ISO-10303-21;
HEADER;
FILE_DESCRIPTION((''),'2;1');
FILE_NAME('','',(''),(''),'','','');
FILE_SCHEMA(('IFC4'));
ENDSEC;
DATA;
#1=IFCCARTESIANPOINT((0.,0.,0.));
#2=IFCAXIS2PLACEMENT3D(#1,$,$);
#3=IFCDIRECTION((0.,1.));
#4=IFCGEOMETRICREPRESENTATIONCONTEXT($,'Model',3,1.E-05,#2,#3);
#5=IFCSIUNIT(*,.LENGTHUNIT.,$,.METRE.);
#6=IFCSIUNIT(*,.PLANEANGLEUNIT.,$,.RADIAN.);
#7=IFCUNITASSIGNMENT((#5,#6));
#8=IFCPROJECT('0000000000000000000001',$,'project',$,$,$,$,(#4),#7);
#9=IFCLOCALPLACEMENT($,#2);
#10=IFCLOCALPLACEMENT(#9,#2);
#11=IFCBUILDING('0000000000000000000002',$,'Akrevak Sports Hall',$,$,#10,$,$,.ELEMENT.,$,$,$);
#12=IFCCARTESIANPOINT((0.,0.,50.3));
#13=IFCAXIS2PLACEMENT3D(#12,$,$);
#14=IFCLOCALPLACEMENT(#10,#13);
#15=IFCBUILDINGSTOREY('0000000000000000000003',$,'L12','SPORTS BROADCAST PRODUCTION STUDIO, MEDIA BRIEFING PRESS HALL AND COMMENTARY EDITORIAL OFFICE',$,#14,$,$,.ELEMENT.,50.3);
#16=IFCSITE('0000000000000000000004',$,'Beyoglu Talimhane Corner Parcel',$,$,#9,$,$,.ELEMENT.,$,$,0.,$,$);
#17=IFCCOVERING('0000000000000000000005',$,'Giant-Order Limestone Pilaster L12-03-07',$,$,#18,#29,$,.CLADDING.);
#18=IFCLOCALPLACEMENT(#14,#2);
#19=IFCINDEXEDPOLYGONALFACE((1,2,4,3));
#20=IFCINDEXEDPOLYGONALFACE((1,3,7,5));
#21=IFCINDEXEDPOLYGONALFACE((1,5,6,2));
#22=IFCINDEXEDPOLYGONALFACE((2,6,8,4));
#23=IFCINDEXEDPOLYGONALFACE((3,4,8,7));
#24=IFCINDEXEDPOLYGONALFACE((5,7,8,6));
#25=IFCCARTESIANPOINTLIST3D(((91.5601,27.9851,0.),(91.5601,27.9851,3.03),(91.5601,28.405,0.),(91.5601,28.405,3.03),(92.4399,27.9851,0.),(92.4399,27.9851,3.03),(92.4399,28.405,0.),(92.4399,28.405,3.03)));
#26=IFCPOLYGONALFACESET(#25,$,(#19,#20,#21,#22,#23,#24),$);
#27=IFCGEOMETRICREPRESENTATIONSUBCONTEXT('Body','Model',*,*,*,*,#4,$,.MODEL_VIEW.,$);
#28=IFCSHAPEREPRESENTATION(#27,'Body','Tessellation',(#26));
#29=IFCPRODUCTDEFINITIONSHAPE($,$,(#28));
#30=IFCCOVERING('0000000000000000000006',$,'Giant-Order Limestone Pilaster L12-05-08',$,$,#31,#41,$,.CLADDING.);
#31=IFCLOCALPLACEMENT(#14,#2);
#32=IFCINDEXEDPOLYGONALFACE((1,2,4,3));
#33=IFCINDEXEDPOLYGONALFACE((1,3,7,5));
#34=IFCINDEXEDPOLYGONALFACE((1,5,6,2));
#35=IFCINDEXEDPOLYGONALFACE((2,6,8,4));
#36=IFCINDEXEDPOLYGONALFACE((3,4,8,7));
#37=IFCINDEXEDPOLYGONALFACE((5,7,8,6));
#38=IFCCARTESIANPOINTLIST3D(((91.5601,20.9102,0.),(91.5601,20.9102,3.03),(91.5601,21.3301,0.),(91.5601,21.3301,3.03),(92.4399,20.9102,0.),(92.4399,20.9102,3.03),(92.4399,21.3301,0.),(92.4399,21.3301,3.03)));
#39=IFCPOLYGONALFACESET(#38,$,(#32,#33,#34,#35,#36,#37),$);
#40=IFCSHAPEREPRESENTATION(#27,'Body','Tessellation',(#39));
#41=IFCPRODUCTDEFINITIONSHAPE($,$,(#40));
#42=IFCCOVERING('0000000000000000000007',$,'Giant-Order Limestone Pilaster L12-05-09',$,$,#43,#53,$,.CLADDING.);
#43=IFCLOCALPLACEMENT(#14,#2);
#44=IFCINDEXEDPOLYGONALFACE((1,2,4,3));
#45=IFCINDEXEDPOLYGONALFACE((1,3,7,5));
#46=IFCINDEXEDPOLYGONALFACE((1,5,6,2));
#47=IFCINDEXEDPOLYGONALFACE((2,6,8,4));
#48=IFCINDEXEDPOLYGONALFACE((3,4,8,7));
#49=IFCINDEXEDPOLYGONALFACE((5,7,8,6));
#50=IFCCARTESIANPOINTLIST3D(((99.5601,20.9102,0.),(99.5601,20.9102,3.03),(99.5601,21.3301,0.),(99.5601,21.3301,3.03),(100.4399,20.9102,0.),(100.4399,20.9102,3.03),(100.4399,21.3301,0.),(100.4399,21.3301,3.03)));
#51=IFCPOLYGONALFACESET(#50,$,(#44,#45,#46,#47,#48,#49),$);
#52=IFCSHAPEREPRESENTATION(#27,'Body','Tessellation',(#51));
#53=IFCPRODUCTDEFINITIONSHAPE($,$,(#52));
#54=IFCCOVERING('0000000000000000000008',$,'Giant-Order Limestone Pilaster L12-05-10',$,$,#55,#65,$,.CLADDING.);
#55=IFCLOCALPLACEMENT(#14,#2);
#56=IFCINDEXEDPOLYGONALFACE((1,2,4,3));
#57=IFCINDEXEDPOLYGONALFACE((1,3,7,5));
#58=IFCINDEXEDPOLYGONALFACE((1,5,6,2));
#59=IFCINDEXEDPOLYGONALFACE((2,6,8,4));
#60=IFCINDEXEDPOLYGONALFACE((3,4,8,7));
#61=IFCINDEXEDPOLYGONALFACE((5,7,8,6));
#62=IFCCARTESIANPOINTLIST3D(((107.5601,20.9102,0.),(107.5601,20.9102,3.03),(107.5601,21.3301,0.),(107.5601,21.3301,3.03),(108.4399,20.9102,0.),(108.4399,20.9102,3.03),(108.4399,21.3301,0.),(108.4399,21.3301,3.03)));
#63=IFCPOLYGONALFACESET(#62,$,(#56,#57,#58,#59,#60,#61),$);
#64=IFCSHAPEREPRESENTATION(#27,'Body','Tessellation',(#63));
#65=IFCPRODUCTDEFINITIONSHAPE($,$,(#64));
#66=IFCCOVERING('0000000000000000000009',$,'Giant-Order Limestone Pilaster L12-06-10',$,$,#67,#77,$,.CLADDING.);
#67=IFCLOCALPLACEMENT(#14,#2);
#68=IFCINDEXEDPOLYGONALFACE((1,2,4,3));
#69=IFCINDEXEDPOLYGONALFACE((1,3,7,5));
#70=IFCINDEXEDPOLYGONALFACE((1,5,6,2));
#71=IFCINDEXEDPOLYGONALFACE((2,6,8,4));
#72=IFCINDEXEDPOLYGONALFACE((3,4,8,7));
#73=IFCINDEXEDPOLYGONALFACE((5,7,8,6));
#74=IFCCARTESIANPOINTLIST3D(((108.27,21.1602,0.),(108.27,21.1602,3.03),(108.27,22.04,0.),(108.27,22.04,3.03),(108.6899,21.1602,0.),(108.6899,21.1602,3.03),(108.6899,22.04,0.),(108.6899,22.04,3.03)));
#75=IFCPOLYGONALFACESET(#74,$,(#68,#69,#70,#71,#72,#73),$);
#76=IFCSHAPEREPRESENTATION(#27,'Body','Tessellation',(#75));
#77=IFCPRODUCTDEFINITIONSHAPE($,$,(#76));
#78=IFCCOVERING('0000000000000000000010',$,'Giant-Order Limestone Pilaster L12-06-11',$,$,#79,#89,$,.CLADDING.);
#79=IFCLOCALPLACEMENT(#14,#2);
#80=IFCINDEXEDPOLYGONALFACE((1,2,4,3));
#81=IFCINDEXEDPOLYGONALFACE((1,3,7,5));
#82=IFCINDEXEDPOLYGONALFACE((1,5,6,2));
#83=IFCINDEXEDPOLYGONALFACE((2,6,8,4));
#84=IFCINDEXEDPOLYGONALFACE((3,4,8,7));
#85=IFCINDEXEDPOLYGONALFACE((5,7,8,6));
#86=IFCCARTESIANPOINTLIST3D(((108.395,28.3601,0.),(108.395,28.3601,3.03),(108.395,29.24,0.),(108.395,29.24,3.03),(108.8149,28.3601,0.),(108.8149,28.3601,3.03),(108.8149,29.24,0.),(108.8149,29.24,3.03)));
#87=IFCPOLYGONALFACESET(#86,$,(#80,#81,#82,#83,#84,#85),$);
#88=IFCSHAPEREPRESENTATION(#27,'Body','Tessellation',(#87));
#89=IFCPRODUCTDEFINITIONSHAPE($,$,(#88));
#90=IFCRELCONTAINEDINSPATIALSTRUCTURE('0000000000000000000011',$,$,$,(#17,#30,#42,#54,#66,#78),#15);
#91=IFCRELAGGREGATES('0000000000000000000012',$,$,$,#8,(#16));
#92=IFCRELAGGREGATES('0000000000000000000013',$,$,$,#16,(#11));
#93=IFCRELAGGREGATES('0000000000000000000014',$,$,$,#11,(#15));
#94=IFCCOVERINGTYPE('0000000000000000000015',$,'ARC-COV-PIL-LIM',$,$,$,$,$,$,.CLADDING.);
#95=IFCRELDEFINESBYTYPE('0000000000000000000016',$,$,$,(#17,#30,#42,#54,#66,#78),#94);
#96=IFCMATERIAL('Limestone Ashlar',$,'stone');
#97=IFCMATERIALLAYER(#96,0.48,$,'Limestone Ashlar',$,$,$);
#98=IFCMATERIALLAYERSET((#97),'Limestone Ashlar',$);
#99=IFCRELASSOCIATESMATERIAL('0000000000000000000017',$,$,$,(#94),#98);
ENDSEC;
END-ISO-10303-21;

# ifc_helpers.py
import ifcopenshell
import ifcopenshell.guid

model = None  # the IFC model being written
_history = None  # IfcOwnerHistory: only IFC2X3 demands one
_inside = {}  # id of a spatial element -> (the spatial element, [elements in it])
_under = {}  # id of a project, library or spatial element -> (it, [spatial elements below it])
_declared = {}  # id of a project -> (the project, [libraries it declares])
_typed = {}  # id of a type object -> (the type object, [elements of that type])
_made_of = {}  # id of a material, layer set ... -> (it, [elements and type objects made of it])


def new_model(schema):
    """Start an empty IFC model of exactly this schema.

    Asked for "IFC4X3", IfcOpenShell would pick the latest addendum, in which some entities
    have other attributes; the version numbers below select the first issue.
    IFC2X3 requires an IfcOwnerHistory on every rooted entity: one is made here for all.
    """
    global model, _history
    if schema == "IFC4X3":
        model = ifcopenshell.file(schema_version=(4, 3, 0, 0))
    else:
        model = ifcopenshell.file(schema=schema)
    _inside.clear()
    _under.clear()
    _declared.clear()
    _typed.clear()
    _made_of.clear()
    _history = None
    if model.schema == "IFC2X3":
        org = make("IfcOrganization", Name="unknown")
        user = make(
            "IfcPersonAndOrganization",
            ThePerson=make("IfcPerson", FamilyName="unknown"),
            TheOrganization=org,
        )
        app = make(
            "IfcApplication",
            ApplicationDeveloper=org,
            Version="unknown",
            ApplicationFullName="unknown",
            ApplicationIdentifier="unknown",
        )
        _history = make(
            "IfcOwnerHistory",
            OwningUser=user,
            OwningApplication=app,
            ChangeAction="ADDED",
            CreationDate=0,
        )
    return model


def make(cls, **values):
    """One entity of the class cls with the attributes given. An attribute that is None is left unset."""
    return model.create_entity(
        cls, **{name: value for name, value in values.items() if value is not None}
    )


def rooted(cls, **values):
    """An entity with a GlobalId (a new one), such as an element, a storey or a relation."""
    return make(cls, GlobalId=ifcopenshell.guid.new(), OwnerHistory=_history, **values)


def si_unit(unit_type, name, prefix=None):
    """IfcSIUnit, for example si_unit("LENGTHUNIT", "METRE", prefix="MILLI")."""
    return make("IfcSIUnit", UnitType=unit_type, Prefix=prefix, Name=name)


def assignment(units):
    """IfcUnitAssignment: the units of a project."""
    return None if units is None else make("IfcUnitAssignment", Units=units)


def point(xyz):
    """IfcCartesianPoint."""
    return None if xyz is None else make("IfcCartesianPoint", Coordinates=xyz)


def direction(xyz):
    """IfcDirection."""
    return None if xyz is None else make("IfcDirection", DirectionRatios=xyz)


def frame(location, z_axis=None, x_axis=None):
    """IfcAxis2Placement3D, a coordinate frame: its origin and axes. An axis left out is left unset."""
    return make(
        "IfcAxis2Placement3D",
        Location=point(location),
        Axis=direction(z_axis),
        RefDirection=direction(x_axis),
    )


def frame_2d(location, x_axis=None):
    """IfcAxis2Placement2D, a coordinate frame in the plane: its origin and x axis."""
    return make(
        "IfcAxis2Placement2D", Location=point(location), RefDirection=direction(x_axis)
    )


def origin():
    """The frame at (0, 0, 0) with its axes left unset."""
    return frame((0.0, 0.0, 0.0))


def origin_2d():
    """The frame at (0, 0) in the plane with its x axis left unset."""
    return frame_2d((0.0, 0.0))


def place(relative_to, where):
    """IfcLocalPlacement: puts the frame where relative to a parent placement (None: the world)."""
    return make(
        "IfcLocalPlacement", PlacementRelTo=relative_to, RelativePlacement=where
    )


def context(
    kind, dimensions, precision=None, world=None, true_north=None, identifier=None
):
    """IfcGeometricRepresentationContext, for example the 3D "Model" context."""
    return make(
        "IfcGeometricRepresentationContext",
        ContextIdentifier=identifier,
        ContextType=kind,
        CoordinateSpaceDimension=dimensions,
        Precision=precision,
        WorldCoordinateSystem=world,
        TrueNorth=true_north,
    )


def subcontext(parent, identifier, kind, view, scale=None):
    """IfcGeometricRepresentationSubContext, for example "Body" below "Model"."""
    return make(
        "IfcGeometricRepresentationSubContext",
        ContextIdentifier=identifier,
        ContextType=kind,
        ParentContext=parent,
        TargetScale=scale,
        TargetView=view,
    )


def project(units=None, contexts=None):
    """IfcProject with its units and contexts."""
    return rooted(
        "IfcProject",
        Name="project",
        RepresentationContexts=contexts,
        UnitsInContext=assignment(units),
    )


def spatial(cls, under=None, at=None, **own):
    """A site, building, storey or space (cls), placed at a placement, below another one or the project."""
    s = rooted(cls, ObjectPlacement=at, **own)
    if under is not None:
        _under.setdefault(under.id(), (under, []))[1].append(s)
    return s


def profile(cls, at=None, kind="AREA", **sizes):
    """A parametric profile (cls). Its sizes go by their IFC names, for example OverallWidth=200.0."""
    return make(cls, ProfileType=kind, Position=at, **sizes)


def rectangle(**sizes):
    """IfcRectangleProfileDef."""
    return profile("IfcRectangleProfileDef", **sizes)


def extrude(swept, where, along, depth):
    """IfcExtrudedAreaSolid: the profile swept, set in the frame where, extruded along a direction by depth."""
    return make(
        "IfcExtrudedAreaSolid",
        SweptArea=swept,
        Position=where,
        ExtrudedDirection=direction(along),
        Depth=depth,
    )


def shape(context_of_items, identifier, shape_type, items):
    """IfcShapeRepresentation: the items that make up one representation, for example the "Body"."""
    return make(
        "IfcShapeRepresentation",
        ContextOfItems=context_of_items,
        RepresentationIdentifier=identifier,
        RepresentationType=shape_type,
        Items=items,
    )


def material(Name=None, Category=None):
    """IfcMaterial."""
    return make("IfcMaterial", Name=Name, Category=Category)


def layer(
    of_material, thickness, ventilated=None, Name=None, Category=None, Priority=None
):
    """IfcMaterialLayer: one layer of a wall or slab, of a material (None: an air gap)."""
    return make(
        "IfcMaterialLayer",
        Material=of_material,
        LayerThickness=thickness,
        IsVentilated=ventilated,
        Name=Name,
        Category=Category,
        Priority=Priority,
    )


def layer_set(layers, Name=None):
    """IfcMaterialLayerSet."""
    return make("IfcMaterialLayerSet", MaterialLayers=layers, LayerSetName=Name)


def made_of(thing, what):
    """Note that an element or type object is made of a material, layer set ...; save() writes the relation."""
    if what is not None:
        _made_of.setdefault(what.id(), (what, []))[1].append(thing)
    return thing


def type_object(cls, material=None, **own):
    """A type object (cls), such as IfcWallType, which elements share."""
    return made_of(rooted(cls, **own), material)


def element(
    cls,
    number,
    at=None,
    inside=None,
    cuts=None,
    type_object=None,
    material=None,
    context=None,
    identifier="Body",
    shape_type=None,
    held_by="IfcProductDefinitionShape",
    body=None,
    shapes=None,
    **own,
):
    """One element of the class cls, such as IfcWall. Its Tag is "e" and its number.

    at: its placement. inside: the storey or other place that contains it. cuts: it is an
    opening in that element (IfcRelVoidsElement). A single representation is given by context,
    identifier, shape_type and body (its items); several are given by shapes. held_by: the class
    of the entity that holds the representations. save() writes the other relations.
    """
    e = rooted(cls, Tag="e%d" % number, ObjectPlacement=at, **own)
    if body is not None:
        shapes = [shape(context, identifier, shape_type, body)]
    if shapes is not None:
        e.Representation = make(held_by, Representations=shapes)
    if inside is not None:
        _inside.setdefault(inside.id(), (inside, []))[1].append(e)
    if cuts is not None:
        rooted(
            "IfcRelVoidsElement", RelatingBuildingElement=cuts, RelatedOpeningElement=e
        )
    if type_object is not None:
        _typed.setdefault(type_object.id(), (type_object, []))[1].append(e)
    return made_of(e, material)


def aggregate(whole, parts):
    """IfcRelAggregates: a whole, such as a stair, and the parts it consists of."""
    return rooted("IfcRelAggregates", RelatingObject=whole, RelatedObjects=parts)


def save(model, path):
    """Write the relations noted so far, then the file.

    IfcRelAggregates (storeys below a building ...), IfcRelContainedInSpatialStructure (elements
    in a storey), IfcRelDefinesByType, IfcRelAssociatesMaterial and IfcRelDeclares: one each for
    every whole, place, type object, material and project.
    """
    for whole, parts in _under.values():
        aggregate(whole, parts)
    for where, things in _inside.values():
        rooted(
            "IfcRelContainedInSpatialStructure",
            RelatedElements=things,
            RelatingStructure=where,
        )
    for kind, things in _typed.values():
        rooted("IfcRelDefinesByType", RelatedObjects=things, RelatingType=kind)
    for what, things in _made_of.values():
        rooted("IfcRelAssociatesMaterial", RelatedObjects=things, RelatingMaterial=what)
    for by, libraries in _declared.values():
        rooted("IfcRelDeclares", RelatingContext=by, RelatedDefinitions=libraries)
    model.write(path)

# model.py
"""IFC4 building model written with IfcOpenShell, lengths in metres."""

from ifc_helpers import new_model, si_unit, direction, frame, origin, origin_2d, place, context, subcontext, project, spatial, rectangle, extrude, material, layer, layer_set, type_object, element, save


model = new_model("IFC4")

# Units and contexts
model_context = context("Model", 3, precision=1e-05, world=origin(), true_north=direction((0.0, 1.0)))
body_context = subcontext(model_context, "Body", "Model", "MODEL_VIEW")
ifc_project = project(units=[si_unit("LENGTHUNIT", "METRE"), si_unit("PLANEANGLEUNIT", "RADIAN")], contexts=[model_context])

# Site, building, storey
site_placement = place(None, origin())
site = spatial("IfcSite", under=ifc_project, at=site_placement, Name="Beyoglu Talimhane Corner Parcel", CompositionType="ELEMENT", RefElevation=0.0)
building_placement = place(site_placement, origin())
building = spatial("IfcBuilding", under=site, at=building_placement, Name="Akrevak Sports Hall", CompositionType="ELEMENT")
storey_placement = place(building_placement, frame((0.0, 0.0, 50.3)))
storey = spatial("IfcBuildingStorey", under=building, at=storey_placement, Name="L12", Description="SPORTS BROADCAST PRODUCTION STUDIO, MEDIA BRIEFING PRESS HALL AND COMMENTARY EDITORIAL OFFICE", CompositionType="ELEMENT", Elevation=50.3)

# Shared definitions
ifc_material_1 = material(Name="Limestone Ashlar", Category="stone")

# Coverings
ifc_layer_1 = layer(ifc_material_1, 0.48, Name="Limestone Ashlar")
ifc_layer_set_1 = layer_set([ifc_layer_1], Name="Limestone Ashlar")
covering_type = type_object("IfcCoveringType", Name="ARC-COV-PIL-LIM", PredefinedType="CLADDING", material=ifc_layer_set_1)
for number, where, z_axis, x_axis, name in (
    (1, (92.0, 28.1951, 0.0), (0.0, 0.0, 1.0), (1.0, 0.0, 0.0), "Giant-Order Limestone Pilaster L12-03-07"),
    (2, (92.0, 21.1201, 0.0), (0.0, 0.0, 1.0), (1.0, 0.0, 0.0), "Giant-Order Limestone Pilaster L12-05-08"),
    (3, (100.0, 21.1201, 0.0), (0.0, 0.0, 1.0), (1.0, 0.0, 0.0), "Giant-Order Limestone Pilaster L12-05-09"),
    (4, (108.0, 21.1201, 0.0), (0.0, 0.0, 1.0), (1.0, 0.0, 0.0), "Giant-Order Limestone Pilaster L12-05-10"),
    (5, (108.48, 21.6001, 0.0), (0.0, 0.0, 1.0), (0.0, 1.0, 0.0), "Giant-Order Limestone Pilaster L12-06-10"),
    (6, (108.605, 28.8, 0.0), (0.0, 0.0, 1.0), (0.0, 1.0, 0.0), "Giant-Order Limestone Pilaster L12-06-11"),
):
    element("IfcCovering", number, at=place(storey_placement, frame(where, z_axis=z_axis, x_axis=x_axis)), inside=storey, type_object=covering_type, Name=name, PredefinedType="CLADDING", context=body_context, shape_type="SweptSolid", body=[
        extrude(rectangle(XDim=0.8799, YDim=0.4199, at=origin_2d()), origin(), (0.0, 0.0, 1.0), 3.03),
    ])

save(model, "model.ifc")
